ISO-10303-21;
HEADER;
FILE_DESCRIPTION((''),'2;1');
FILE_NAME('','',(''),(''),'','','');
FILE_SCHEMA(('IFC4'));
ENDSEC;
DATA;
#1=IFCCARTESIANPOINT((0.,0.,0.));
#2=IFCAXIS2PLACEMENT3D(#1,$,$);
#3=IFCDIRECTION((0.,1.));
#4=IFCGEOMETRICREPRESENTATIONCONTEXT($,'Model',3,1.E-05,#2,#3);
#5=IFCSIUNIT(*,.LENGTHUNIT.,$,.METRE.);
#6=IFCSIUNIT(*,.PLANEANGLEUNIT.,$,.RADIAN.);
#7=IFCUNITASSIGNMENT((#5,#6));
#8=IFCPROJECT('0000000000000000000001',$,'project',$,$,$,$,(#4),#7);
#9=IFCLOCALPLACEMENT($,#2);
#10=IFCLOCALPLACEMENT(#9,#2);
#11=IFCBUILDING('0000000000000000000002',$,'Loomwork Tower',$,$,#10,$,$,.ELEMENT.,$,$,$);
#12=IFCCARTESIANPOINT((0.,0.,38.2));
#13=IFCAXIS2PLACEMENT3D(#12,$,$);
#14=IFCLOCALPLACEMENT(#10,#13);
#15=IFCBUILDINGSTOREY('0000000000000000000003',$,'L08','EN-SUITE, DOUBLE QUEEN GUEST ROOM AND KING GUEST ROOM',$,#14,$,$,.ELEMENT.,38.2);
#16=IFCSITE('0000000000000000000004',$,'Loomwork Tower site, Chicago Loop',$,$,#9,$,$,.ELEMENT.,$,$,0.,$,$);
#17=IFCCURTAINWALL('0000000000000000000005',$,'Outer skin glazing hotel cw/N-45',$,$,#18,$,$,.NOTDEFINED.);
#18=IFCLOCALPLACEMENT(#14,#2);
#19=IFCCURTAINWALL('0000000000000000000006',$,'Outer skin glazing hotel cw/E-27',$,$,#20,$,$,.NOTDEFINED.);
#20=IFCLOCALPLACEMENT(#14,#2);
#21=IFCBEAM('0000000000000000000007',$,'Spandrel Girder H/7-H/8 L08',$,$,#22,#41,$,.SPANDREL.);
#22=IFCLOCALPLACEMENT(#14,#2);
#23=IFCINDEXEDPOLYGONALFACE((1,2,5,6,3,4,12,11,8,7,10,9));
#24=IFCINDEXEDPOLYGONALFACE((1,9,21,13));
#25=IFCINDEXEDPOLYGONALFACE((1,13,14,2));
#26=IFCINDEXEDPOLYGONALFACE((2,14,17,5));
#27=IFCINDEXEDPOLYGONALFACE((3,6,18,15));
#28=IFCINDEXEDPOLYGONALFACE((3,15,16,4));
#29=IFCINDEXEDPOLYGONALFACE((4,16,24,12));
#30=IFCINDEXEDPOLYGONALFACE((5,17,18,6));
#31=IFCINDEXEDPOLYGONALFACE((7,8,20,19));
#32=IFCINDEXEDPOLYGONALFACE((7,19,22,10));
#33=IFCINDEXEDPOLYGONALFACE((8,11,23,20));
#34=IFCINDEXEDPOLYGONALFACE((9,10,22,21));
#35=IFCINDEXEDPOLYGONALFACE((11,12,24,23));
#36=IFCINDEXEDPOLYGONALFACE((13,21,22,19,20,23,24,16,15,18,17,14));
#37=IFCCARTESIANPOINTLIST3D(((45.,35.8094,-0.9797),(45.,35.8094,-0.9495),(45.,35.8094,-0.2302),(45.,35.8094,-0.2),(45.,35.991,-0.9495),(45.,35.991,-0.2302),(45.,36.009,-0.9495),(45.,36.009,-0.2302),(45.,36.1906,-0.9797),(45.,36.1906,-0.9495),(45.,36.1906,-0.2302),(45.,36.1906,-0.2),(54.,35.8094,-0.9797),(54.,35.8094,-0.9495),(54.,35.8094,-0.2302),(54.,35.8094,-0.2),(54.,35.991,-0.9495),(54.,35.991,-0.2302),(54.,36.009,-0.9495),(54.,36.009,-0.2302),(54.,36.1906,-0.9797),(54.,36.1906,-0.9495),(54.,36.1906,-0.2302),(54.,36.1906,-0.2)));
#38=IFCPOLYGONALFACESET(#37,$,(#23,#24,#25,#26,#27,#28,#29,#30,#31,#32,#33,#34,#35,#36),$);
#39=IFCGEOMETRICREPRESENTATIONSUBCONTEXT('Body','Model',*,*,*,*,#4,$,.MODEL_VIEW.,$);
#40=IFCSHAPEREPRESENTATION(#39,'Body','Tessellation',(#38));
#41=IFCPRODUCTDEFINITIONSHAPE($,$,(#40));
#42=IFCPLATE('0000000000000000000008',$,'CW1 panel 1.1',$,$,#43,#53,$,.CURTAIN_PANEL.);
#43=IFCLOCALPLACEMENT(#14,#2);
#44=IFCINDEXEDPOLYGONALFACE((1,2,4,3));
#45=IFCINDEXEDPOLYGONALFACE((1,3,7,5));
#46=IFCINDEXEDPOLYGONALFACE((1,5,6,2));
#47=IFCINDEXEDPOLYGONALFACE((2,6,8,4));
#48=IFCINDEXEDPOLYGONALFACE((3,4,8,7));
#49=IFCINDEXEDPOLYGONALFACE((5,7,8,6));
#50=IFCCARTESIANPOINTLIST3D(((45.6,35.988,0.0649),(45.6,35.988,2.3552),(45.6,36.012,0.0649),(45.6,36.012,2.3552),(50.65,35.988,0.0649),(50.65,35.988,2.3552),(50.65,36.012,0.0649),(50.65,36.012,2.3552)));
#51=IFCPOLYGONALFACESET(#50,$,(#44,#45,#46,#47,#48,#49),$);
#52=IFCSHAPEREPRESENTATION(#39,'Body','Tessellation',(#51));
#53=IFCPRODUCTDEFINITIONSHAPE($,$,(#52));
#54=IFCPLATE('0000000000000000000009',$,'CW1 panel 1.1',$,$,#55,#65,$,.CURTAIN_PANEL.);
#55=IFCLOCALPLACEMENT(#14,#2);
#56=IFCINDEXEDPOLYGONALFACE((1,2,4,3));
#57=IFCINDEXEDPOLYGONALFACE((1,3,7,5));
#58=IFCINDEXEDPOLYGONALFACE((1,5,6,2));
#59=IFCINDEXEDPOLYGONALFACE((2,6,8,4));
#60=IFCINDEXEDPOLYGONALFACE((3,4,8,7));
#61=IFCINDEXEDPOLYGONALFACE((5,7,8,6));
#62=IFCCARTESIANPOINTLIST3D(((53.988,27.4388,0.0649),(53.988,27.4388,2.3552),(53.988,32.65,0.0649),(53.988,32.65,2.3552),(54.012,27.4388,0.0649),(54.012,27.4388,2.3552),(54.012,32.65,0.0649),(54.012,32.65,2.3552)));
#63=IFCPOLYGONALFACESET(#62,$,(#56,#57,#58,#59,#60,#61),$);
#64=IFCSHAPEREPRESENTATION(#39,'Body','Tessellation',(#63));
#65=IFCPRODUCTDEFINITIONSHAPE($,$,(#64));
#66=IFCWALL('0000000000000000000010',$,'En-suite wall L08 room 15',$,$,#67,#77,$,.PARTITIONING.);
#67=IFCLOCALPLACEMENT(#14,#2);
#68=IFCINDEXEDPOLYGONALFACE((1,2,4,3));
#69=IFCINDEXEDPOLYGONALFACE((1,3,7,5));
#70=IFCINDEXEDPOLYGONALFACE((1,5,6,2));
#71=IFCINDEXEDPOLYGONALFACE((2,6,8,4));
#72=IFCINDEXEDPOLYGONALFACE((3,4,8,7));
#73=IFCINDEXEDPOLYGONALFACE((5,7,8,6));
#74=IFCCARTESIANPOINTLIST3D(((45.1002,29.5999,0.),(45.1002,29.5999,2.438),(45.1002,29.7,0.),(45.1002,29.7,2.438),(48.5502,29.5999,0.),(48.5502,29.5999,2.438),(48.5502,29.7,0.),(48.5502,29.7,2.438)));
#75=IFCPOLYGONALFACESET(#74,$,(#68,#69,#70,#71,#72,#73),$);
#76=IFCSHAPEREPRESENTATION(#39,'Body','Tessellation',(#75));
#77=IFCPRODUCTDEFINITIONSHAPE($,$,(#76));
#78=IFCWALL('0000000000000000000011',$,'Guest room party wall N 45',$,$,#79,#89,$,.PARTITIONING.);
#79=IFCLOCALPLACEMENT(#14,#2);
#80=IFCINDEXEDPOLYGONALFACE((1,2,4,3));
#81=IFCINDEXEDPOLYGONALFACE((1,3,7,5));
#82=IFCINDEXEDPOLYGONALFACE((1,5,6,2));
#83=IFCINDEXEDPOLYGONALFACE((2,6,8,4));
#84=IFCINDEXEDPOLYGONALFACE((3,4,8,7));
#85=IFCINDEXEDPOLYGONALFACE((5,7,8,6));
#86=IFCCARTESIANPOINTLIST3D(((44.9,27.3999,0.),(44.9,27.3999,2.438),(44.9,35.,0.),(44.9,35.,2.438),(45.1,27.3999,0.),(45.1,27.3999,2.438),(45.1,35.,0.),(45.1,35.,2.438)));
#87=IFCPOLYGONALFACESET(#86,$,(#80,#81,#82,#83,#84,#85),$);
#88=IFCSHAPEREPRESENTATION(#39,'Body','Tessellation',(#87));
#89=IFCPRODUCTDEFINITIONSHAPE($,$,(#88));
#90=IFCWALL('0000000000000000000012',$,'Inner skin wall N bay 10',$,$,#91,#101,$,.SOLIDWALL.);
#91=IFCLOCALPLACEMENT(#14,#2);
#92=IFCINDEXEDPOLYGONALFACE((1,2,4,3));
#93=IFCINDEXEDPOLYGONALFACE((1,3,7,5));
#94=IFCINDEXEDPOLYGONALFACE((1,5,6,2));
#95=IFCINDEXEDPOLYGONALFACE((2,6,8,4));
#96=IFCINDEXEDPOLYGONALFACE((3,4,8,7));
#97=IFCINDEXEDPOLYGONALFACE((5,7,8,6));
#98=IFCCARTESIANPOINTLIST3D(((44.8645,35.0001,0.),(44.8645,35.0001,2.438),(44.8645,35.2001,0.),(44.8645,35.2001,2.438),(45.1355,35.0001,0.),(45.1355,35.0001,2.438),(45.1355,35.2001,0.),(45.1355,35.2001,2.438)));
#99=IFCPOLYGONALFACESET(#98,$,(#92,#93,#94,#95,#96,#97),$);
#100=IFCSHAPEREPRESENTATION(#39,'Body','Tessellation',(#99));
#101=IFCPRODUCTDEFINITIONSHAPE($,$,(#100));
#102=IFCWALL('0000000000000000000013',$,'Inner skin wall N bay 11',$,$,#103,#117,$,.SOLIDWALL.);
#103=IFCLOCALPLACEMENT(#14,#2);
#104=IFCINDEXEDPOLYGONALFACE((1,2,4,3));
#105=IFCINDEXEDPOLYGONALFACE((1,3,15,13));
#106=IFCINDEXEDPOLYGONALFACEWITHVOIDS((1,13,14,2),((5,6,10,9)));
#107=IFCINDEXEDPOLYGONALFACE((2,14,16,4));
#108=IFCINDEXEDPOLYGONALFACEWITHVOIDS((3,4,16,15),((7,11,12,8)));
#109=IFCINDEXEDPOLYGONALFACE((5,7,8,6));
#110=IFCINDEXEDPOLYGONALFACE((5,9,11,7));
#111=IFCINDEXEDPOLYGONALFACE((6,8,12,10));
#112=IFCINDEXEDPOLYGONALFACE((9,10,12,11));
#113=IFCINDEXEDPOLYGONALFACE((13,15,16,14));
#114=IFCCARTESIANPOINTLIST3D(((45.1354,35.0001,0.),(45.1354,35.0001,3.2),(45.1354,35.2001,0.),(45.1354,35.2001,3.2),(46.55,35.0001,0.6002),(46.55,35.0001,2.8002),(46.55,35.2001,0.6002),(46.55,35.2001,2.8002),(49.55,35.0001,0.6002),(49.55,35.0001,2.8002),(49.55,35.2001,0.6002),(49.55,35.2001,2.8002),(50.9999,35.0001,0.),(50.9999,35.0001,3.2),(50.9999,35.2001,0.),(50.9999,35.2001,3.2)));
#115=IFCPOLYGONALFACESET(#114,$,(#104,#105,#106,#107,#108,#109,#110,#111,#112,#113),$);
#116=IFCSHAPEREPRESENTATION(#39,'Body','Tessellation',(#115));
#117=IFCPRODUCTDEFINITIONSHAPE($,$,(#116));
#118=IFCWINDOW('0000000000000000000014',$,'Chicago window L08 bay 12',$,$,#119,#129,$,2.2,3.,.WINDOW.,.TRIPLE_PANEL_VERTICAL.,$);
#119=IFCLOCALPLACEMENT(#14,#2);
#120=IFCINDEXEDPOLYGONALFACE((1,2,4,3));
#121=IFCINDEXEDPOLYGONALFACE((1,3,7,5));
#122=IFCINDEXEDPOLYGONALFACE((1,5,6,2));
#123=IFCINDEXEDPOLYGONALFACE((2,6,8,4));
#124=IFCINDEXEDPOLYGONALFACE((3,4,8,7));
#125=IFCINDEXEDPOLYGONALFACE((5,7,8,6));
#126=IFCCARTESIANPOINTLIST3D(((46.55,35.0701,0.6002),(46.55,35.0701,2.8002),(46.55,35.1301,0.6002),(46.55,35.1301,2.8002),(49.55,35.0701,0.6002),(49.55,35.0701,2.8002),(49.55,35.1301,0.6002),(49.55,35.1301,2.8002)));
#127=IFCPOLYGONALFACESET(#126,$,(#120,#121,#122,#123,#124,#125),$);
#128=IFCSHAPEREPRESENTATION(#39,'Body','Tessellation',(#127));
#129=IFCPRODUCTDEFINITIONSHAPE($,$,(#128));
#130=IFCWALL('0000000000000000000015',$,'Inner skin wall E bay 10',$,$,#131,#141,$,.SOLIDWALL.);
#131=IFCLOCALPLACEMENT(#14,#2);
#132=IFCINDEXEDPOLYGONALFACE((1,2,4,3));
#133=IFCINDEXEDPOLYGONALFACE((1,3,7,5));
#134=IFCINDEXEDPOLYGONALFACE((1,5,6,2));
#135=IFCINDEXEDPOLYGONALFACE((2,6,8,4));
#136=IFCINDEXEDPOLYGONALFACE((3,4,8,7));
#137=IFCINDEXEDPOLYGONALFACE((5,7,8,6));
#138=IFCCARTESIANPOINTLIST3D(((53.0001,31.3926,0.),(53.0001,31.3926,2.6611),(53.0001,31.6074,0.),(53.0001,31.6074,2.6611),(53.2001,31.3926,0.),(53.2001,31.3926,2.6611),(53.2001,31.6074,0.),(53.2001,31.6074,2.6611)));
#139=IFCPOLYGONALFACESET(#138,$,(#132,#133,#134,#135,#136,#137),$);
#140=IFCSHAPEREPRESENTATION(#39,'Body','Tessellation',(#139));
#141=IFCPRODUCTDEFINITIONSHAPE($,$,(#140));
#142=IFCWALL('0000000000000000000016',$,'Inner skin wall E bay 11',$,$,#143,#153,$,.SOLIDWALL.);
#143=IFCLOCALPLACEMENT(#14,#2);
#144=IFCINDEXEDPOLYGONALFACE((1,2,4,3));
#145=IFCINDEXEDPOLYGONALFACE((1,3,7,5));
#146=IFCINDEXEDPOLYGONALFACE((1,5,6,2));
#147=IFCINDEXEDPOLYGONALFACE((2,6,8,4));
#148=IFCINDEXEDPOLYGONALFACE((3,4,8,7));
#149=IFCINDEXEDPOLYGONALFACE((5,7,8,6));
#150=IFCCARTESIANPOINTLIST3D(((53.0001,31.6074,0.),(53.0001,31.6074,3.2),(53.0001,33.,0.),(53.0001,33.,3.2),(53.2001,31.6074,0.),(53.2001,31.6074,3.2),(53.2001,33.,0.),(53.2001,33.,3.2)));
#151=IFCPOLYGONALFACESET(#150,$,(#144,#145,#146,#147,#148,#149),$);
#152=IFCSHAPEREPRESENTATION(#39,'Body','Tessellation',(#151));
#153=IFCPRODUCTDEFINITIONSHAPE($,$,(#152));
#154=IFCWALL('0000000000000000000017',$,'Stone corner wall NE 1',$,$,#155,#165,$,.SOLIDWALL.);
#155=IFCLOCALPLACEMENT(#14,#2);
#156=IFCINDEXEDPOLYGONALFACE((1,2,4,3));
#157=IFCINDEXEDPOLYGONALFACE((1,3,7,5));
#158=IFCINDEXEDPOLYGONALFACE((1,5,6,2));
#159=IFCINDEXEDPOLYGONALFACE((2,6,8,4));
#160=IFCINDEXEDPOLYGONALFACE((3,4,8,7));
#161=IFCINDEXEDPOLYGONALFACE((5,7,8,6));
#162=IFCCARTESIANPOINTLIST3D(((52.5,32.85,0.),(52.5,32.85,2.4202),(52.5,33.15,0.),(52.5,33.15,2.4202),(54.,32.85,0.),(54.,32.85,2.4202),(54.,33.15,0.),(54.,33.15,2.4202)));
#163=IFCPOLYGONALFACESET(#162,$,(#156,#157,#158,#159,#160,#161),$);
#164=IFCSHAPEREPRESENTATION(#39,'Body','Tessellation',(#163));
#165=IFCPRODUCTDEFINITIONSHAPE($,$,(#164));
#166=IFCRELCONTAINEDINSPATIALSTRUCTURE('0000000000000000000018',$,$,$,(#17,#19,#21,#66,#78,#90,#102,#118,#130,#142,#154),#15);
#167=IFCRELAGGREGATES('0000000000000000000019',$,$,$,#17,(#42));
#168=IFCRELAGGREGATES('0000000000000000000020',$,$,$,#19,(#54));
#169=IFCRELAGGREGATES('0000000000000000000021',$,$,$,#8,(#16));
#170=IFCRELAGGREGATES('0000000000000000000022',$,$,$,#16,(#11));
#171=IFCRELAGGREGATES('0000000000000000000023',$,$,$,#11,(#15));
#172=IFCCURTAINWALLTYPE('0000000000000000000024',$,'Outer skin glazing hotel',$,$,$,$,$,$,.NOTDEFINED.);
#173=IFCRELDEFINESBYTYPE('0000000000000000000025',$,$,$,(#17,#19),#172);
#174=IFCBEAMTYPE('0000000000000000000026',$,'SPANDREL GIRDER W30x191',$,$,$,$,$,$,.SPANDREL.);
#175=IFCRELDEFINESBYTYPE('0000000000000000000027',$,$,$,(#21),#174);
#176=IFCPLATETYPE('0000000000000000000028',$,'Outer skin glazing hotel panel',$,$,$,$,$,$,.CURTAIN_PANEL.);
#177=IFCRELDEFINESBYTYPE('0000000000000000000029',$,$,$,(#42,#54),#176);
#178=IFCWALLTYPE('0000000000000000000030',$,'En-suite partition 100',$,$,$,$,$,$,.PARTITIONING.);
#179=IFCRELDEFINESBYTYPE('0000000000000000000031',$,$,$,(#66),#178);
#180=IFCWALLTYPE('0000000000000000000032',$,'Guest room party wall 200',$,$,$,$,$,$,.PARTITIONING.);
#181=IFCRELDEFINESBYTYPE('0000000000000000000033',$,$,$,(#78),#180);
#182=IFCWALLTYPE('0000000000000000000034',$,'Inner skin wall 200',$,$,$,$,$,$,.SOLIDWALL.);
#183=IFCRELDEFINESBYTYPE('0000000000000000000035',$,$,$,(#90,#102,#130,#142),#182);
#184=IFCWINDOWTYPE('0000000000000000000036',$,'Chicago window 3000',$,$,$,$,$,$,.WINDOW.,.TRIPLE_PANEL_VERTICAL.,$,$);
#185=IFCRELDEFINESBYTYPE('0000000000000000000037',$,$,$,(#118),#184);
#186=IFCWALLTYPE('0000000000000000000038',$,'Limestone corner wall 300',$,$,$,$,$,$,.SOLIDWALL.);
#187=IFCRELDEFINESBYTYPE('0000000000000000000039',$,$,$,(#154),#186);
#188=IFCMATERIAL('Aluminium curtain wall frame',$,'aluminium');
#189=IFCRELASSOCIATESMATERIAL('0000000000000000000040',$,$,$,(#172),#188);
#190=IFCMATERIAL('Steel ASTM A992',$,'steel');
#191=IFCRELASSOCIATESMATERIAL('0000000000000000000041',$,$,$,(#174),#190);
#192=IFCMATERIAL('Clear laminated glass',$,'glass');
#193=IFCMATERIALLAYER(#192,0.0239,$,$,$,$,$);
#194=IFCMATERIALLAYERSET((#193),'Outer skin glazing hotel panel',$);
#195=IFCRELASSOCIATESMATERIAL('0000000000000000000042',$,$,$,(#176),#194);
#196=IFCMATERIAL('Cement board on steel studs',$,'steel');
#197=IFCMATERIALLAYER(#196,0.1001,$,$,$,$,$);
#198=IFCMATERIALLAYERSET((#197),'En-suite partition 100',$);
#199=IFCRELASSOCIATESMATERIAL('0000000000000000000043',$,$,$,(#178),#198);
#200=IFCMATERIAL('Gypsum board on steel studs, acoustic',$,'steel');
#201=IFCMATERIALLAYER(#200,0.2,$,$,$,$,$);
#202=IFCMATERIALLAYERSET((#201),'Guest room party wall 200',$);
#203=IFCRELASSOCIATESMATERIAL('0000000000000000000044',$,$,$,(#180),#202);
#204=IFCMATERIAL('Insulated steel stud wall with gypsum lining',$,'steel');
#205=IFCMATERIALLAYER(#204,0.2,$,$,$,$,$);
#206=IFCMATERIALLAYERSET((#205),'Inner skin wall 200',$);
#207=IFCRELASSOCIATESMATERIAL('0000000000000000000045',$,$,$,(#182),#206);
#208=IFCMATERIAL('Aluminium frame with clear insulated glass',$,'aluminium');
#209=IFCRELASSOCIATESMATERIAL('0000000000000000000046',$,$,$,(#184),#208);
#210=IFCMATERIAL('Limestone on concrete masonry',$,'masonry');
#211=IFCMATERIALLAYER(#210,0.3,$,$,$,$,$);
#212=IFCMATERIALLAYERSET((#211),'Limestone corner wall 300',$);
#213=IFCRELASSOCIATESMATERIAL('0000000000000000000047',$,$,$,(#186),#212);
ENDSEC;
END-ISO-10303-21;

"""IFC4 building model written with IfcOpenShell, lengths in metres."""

from ifc_helpers import new_model, si_unit, direction, frame, frame_2d, origin, origin_2d, place, context, subcontext, project, spatial, rectangle, i_section, extrude, material, layer, layer_set, material_profile, profile_set, type_object, element, fill, aggregate, save


model = new_model("IFC4")

# Units and contexts
model_context = context("Model", 3, precision=1e-05, world=origin(), true_north=direction((0.0, 1.0)))
body_context = subcontext(model_context, "Body", "Model", "MODEL_VIEW")
ifc_project = project(units=[si_unit("LENGTHUNIT", "METRE"), si_unit("PLANEANGLEUNIT", "RADIAN")], contexts=[model_context])

# Site, building, storey
site_placement = place(None, origin())
site = spatial("IfcSite", under=ifc_project, at=site_placement, Name="Loomwork Tower site, Chicago Loop", CompositionType="ELEMENT", RefElevation=0.0)
building_placement = place(site_placement, origin())
building = spatial("IfcBuilding", under=site, at=building_placement, Name="Loomwork Tower", CompositionType="ELEMENT")
storey_placement = place(building_placement, frame((0.0, 0.0, 38.2)))
storey = spatial("IfcBuildingStorey", under=building, at=storey_placement, Name="L08", Description="EN-SUITE, DOUBLE QUEEN GUEST ROOM AND KING GUEST ROOM", CompositionType="ELEMENT", Elevation=38.2)

# Shared definitions
ifc_material_1 = material(Name="Aluminium curtain wall frame", Category="aluminium")
curtain_wall_type = type_object("IfcCurtainWallType", Name="Outer skin glazing hotel", PredefinedType="NOTDEFINED", material=ifc_material_1)

# Curtain wall
curtain_wall_1_placement = place(storey_placement, origin())
curtain_wall_1 = element("IfcCurtainWall", 1, at=curtain_wall_1_placement, inside=storey, type_object=curtain_wall_type, Name="Outer skin glazing hotel cw/N-45", PredefinedType="NOTDEFINED")

# Curtain wall
curtain_wall_2_placement = place(storey_placement, origin())
curtain_wall_2 = element("IfcCurtainWall", 2, at=curtain_wall_2_placement, inside=storey, type_object=curtain_wall_type, Name="Outer skin glazing hotel cw/E-27", PredefinedType="NOTDEFINED")

# Beam
ifc_material_2 = material(Name="Steel ASTM A992", Category="steel")
ifc_material_profile_1 = material_profile(ifc_material_2, i_section(OverallWidth=0.3811, OverallDepth=0.7798, WebThickness=0.0181, FlangeThickness=0.0303, at=origin_2d()), Name="W30x191")
ifc_profile_set_1 = profile_set([ifc_material_profile_1], Name="Steel ASTM A992")
beam_type_1 = type_object("IfcBeamType", Name="SPANDREL GIRDER W30x191", PredefinedType="SPANDREL", material=ifc_profile_set_1)
beam_1_placement = place(storey_placement, frame((45.0, 36.0, -0.5898), z_axis=(1.0, 0.0, 0.0), x_axis=(0.0, 1.0, 0.0)))
element("IfcBeam", 3, at=beam_1_placement, inside=storey, type_object=beam_type_1, Name="Spandrel Girder H/7-H/8 L08", PredefinedType="SPANDREL", context=body_context, shape_type="SweptSolid", body=[
    extrude(i_section(OverallWidth=0.3811, OverallDepth=0.7798, WebThickness=0.0181, FlangeThickness=0.0303, at=origin_2d()), origin(), (0.0, 0.0, 1.0), 9.0),
])

# Plates
ifc_material_3 = material(Name="Clear laminated glass", Category="glass")
ifc_layer_1 = layer(ifc_material_3, 0.0239)
ifc_layer_set_1 = layer_set([ifc_layer_1], Name="Outer skin glazing hotel panel")
plate_type = type_object("IfcPlateType", Name="Outer skin glazing hotel panel", PredefinedType="CURTAIN_PANEL", material=ifc_layer_set_1)
plate_1_placement = place(storey_placement, frame((48.125, 36.0, 0.0649), z_axis=(0.0, 0.0, 1.0), x_axis=(-1.0, 0.0, 0.0)))
plate_1 = element("IfcPlate", 4, at=plate_1_placement, type_object=plate_type, Name="CW1 panel 1.1", PredefinedType="CURTAIN_PANEL", context=body_context, shape_type="SweptSolid", body=[
    extrude(rectangle(XDim=5.05, YDim=0.0239, at=origin_2d()), origin(), (0.0, 0.0, 1.0), 2.2903),
])
aggregate(curtain_wall_1, [plate_1])
plate_2_placement = place(storey_placement, frame((54.0, 30.0444, 0.0649), z_axis=(0.0, 0.0, 1.0), x_axis=(0.0, 1.0, 0.0)))
plate_2 = element("IfcPlate", 5, at=plate_2_placement, type_object=plate_type, Name="CW1 panel 1.1", PredefinedType="CURTAIN_PANEL", context=body_context, shape_type="SweptSolid", body=[
    extrude(rectangle(XDim=5.2112, YDim=0.0239, at=origin_2d()), origin(), (0.0, 0.0, 1.0), 2.2903),
])
aggregate(curtain_wall_2, [plate_2])

# Walls
ifc_material_4 = material(Name="Cement board on steel studs", Category="steel")
ifc_layer_2 = layer(ifc_material_4, 0.1001)
ifc_layer_set_2 = layer_set([ifc_layer_2], Name="En-suite partition 100")
wall_type_1 = type_object("IfcWallType", Name="En-suite partition 100", PredefinedType="PARTITIONING", material=ifc_layer_set_2)
wall_1_placement = place(storey_placement, frame((45.1001, 29.6499, 0.0), z_axis=(0.0, 0.0, 1.0), x_axis=(1.0, 0.0, 0.0)))
element("IfcWall", 6, at=wall_1_placement, inside=storey, type_object=wall_type_1, Name="En-suite wall L08 room 15", PredefinedType="PARTITIONING", context=body_context, shape_type="SweptSolid", body=[
    extrude(rectangle(XDim=3.45, YDim=0.1001, at=frame_2d((1.7251, 0.0))), origin(), (0.0, 0.0, 1.0), 2.438),
])
ifc_material_5 = material(Name="Gypsum board on steel studs, acoustic", Category="steel")
ifc_layer_3 = layer(ifc_material_5, 0.2)
ifc_layer_set_3 = layer_set([ifc_layer_3], Name="Guest room party wall 200")
wall_type_2 = type_object("IfcWallType", Name="Guest room party wall 200", PredefinedType="PARTITIONING", material=ifc_layer_set_3)
wall_2_placement = place(storey_placement, frame((45.0, 27.3999, 0.0), z_axis=(0.0, 0.0, 1.0), x_axis=(0.0, 1.0, 0.0)))
element("IfcWall", 7, at=wall_2_placement, inside=storey, type_object=wall_type_2, Name="Guest room party wall N 45", PredefinedType="PARTITIONING", context=body_context, shape_type="SweptSolid", body=[
    extrude(rectangle(XDim=7.6001, YDim=0.2, at=frame_2d((3.8, 0.0))), origin(), (0.0, 0.0, 1.0), 2.438),
])
ifc_material_6 = material(Name="Insulated steel stud wall with gypsum lining", Category="steel")
ifc_layer_4 = layer(ifc_material_6, 0.2)
ifc_layer_set_4 = layer_set([ifc_layer_4], Name="Inner skin wall 200")
wall_type_3 = type_object("IfcWallType", Name="Inner skin wall 200", PredefinedType="SOLIDWALL", material=ifc_layer_set_4)
wall_3_placement = place(storey_placement, frame((44.8645, 35.1001, 0.0), z_axis=(0.0, 0.0, 1.0), x_axis=(1.0, 0.0, 0.0)))
element("IfcWall", 8, at=wall_3_placement, inside=storey, type_object=wall_type_3, Name="Inner skin wall N bay 10", PredefinedType="SOLIDWALL", context=body_context, shape_type="SweptSolid", body=[
    extrude(rectangle(XDim=0.271, YDim=0.2, at=frame_2d((0.1355, 0.0))), origin(), (0.0, 0.0, 1.0), 2.438),
])

# Wall, opening, window
wall_4_placement = place(storey_placement, frame((45.1355, 35.1001, 0.0), z_axis=(0.0, 0.0, 1.0), x_axis=(1.0, 0.0, 0.0)))
wall_4 = element("IfcWall", 9, at=wall_4_placement, inside=storey, type_object=wall_type_3, Name="Inner skin wall N bay 11", PredefinedType="SOLIDWALL", context=body_context, shape_type="SweptSolid", body=[
    extrude(rectangle(XDim=5.8645, YDim=0.2, at=frame_2d((2.9321, 0.0))), origin(), (0.0, 0.0, 1.0), 3.2),
])
opening_1_placement = place(wall_4_placement, frame((1.4146, 0.0, 0.6001)))
opening_1 = element("IfcOpeningElement", 10, at=opening_1_placement, cuts=wall_4, PredefinedType="OPENING", context=body_context, shape_type="SweptSolid", body=[
    extrude(rectangle(XDim=3.0, YDim=2.2, at=frame_2d((1.5, 1.1001))), frame((0.0, 0.1099, 0.0), z_axis=(0.0, -1.0, 0.0), x_axis=(1.0, 0.0, 0.0)), (0.0, 0.0, 1.0), 0.22),
])
ifc_material_7 = material(Name="Aluminium frame with clear insulated glass", Category="aluminium")
window_type_1 = type_object("IfcWindowType", Name="Chicago window 3000", PartitioningType="TRIPLE_PANEL_VERTICAL", PredefinedType="WINDOW", material=ifc_material_7)
window_1_placement = place(opening_1_placement, origin())
window_1 = element("IfcWindow", 11, at=window_1_placement, inside=storey, type_object=window_type_1, Name="Chicago window L08 bay 12", OverallHeight=2.2, OverallWidth=3.0, PartitioningType="TRIPLE_PANEL_VERTICAL", PredefinedType="WINDOW", context=body_context, shape_type="SweptSolid", body=[
    extrude(rectangle(XDim=3.0, YDim=2.2, at=frame_2d((1.5, 1.1001))), frame((0.0, 0.03, 0.0), z_axis=(0.0, -1.0, 0.0), x_axis=(1.0, 0.0, 0.0)), (0.0, 0.0, 1.0), 0.0601),
])
fill(opening_1, window_1)

# Walls
wall_5_placement = place(storey_placement, frame((53.1001, 31.3926, 0.0), z_axis=(0.0, 0.0, 1.0), x_axis=(0.0, 1.0, 0.0)))
element("IfcWall", 12, at=wall_5_placement, inside=storey, type_object=wall_type_3, Name="Inner skin wall E bay 10", PredefinedType="SOLIDWALL", context=body_context, shape_type="SweptSolid", body=[
    extrude(rectangle(XDim=0.2148, YDim=0.2, at=frame_2d((0.1074, 0.0))), origin(), (0.0, 0.0, 1.0), 2.6611),
])
wall_6_placement = place(storey_placement, frame((53.1001, 31.6074, 0.0), z_axis=(0.0, 0.0, 1.0), x_axis=(0.0, 1.0, 0.0)))
element("IfcWall", 13, at=wall_6_placement, inside=storey, type_object=wall_type_3, Name="Inner skin wall E bay 11", PredefinedType="SOLIDWALL", context=body_context, shape_type="SweptSolid", body=[
    extrude(rectangle(XDim=1.3926, YDim=0.2, at=frame_2d((0.6963, 0.0))), origin(), (0.0, 0.0, 1.0), 3.2),
])
ifc_material_8 = material(Name="Limestone on concrete masonry", Category="masonry")
ifc_layer_5 = layer(ifc_material_8, 0.3)
ifc_layer_set_5 = layer_set([ifc_layer_5], Name="Limestone corner wall 300")
wall_type_4 = type_object("IfcWallType", Name="Limestone corner wall 300", PredefinedType="SOLIDWALL", material=ifc_layer_set_5)
wall_7_placement = place(storey_placement, frame((54.0, 33.0, 0.0), z_axis=(0.0, 0.0, 1.0), x_axis=(-1.0, 0.0, 0.0)))
element("IfcWall", 14, at=wall_7_placement, inside=storey, type_object=wall_type_4, Name="Stone corner wall NE 1", PredefinedType="SOLIDWALL", context=body_context, shape_type="SweptSolid", body=[
    extrude(rectangle(XDim=1.5, YDim=0.3, at=frame_2d((0.75, 0.0))), origin(), (0.0, 0.0, 1.0), 2.4202),
])

save(model, "model.ifc")
